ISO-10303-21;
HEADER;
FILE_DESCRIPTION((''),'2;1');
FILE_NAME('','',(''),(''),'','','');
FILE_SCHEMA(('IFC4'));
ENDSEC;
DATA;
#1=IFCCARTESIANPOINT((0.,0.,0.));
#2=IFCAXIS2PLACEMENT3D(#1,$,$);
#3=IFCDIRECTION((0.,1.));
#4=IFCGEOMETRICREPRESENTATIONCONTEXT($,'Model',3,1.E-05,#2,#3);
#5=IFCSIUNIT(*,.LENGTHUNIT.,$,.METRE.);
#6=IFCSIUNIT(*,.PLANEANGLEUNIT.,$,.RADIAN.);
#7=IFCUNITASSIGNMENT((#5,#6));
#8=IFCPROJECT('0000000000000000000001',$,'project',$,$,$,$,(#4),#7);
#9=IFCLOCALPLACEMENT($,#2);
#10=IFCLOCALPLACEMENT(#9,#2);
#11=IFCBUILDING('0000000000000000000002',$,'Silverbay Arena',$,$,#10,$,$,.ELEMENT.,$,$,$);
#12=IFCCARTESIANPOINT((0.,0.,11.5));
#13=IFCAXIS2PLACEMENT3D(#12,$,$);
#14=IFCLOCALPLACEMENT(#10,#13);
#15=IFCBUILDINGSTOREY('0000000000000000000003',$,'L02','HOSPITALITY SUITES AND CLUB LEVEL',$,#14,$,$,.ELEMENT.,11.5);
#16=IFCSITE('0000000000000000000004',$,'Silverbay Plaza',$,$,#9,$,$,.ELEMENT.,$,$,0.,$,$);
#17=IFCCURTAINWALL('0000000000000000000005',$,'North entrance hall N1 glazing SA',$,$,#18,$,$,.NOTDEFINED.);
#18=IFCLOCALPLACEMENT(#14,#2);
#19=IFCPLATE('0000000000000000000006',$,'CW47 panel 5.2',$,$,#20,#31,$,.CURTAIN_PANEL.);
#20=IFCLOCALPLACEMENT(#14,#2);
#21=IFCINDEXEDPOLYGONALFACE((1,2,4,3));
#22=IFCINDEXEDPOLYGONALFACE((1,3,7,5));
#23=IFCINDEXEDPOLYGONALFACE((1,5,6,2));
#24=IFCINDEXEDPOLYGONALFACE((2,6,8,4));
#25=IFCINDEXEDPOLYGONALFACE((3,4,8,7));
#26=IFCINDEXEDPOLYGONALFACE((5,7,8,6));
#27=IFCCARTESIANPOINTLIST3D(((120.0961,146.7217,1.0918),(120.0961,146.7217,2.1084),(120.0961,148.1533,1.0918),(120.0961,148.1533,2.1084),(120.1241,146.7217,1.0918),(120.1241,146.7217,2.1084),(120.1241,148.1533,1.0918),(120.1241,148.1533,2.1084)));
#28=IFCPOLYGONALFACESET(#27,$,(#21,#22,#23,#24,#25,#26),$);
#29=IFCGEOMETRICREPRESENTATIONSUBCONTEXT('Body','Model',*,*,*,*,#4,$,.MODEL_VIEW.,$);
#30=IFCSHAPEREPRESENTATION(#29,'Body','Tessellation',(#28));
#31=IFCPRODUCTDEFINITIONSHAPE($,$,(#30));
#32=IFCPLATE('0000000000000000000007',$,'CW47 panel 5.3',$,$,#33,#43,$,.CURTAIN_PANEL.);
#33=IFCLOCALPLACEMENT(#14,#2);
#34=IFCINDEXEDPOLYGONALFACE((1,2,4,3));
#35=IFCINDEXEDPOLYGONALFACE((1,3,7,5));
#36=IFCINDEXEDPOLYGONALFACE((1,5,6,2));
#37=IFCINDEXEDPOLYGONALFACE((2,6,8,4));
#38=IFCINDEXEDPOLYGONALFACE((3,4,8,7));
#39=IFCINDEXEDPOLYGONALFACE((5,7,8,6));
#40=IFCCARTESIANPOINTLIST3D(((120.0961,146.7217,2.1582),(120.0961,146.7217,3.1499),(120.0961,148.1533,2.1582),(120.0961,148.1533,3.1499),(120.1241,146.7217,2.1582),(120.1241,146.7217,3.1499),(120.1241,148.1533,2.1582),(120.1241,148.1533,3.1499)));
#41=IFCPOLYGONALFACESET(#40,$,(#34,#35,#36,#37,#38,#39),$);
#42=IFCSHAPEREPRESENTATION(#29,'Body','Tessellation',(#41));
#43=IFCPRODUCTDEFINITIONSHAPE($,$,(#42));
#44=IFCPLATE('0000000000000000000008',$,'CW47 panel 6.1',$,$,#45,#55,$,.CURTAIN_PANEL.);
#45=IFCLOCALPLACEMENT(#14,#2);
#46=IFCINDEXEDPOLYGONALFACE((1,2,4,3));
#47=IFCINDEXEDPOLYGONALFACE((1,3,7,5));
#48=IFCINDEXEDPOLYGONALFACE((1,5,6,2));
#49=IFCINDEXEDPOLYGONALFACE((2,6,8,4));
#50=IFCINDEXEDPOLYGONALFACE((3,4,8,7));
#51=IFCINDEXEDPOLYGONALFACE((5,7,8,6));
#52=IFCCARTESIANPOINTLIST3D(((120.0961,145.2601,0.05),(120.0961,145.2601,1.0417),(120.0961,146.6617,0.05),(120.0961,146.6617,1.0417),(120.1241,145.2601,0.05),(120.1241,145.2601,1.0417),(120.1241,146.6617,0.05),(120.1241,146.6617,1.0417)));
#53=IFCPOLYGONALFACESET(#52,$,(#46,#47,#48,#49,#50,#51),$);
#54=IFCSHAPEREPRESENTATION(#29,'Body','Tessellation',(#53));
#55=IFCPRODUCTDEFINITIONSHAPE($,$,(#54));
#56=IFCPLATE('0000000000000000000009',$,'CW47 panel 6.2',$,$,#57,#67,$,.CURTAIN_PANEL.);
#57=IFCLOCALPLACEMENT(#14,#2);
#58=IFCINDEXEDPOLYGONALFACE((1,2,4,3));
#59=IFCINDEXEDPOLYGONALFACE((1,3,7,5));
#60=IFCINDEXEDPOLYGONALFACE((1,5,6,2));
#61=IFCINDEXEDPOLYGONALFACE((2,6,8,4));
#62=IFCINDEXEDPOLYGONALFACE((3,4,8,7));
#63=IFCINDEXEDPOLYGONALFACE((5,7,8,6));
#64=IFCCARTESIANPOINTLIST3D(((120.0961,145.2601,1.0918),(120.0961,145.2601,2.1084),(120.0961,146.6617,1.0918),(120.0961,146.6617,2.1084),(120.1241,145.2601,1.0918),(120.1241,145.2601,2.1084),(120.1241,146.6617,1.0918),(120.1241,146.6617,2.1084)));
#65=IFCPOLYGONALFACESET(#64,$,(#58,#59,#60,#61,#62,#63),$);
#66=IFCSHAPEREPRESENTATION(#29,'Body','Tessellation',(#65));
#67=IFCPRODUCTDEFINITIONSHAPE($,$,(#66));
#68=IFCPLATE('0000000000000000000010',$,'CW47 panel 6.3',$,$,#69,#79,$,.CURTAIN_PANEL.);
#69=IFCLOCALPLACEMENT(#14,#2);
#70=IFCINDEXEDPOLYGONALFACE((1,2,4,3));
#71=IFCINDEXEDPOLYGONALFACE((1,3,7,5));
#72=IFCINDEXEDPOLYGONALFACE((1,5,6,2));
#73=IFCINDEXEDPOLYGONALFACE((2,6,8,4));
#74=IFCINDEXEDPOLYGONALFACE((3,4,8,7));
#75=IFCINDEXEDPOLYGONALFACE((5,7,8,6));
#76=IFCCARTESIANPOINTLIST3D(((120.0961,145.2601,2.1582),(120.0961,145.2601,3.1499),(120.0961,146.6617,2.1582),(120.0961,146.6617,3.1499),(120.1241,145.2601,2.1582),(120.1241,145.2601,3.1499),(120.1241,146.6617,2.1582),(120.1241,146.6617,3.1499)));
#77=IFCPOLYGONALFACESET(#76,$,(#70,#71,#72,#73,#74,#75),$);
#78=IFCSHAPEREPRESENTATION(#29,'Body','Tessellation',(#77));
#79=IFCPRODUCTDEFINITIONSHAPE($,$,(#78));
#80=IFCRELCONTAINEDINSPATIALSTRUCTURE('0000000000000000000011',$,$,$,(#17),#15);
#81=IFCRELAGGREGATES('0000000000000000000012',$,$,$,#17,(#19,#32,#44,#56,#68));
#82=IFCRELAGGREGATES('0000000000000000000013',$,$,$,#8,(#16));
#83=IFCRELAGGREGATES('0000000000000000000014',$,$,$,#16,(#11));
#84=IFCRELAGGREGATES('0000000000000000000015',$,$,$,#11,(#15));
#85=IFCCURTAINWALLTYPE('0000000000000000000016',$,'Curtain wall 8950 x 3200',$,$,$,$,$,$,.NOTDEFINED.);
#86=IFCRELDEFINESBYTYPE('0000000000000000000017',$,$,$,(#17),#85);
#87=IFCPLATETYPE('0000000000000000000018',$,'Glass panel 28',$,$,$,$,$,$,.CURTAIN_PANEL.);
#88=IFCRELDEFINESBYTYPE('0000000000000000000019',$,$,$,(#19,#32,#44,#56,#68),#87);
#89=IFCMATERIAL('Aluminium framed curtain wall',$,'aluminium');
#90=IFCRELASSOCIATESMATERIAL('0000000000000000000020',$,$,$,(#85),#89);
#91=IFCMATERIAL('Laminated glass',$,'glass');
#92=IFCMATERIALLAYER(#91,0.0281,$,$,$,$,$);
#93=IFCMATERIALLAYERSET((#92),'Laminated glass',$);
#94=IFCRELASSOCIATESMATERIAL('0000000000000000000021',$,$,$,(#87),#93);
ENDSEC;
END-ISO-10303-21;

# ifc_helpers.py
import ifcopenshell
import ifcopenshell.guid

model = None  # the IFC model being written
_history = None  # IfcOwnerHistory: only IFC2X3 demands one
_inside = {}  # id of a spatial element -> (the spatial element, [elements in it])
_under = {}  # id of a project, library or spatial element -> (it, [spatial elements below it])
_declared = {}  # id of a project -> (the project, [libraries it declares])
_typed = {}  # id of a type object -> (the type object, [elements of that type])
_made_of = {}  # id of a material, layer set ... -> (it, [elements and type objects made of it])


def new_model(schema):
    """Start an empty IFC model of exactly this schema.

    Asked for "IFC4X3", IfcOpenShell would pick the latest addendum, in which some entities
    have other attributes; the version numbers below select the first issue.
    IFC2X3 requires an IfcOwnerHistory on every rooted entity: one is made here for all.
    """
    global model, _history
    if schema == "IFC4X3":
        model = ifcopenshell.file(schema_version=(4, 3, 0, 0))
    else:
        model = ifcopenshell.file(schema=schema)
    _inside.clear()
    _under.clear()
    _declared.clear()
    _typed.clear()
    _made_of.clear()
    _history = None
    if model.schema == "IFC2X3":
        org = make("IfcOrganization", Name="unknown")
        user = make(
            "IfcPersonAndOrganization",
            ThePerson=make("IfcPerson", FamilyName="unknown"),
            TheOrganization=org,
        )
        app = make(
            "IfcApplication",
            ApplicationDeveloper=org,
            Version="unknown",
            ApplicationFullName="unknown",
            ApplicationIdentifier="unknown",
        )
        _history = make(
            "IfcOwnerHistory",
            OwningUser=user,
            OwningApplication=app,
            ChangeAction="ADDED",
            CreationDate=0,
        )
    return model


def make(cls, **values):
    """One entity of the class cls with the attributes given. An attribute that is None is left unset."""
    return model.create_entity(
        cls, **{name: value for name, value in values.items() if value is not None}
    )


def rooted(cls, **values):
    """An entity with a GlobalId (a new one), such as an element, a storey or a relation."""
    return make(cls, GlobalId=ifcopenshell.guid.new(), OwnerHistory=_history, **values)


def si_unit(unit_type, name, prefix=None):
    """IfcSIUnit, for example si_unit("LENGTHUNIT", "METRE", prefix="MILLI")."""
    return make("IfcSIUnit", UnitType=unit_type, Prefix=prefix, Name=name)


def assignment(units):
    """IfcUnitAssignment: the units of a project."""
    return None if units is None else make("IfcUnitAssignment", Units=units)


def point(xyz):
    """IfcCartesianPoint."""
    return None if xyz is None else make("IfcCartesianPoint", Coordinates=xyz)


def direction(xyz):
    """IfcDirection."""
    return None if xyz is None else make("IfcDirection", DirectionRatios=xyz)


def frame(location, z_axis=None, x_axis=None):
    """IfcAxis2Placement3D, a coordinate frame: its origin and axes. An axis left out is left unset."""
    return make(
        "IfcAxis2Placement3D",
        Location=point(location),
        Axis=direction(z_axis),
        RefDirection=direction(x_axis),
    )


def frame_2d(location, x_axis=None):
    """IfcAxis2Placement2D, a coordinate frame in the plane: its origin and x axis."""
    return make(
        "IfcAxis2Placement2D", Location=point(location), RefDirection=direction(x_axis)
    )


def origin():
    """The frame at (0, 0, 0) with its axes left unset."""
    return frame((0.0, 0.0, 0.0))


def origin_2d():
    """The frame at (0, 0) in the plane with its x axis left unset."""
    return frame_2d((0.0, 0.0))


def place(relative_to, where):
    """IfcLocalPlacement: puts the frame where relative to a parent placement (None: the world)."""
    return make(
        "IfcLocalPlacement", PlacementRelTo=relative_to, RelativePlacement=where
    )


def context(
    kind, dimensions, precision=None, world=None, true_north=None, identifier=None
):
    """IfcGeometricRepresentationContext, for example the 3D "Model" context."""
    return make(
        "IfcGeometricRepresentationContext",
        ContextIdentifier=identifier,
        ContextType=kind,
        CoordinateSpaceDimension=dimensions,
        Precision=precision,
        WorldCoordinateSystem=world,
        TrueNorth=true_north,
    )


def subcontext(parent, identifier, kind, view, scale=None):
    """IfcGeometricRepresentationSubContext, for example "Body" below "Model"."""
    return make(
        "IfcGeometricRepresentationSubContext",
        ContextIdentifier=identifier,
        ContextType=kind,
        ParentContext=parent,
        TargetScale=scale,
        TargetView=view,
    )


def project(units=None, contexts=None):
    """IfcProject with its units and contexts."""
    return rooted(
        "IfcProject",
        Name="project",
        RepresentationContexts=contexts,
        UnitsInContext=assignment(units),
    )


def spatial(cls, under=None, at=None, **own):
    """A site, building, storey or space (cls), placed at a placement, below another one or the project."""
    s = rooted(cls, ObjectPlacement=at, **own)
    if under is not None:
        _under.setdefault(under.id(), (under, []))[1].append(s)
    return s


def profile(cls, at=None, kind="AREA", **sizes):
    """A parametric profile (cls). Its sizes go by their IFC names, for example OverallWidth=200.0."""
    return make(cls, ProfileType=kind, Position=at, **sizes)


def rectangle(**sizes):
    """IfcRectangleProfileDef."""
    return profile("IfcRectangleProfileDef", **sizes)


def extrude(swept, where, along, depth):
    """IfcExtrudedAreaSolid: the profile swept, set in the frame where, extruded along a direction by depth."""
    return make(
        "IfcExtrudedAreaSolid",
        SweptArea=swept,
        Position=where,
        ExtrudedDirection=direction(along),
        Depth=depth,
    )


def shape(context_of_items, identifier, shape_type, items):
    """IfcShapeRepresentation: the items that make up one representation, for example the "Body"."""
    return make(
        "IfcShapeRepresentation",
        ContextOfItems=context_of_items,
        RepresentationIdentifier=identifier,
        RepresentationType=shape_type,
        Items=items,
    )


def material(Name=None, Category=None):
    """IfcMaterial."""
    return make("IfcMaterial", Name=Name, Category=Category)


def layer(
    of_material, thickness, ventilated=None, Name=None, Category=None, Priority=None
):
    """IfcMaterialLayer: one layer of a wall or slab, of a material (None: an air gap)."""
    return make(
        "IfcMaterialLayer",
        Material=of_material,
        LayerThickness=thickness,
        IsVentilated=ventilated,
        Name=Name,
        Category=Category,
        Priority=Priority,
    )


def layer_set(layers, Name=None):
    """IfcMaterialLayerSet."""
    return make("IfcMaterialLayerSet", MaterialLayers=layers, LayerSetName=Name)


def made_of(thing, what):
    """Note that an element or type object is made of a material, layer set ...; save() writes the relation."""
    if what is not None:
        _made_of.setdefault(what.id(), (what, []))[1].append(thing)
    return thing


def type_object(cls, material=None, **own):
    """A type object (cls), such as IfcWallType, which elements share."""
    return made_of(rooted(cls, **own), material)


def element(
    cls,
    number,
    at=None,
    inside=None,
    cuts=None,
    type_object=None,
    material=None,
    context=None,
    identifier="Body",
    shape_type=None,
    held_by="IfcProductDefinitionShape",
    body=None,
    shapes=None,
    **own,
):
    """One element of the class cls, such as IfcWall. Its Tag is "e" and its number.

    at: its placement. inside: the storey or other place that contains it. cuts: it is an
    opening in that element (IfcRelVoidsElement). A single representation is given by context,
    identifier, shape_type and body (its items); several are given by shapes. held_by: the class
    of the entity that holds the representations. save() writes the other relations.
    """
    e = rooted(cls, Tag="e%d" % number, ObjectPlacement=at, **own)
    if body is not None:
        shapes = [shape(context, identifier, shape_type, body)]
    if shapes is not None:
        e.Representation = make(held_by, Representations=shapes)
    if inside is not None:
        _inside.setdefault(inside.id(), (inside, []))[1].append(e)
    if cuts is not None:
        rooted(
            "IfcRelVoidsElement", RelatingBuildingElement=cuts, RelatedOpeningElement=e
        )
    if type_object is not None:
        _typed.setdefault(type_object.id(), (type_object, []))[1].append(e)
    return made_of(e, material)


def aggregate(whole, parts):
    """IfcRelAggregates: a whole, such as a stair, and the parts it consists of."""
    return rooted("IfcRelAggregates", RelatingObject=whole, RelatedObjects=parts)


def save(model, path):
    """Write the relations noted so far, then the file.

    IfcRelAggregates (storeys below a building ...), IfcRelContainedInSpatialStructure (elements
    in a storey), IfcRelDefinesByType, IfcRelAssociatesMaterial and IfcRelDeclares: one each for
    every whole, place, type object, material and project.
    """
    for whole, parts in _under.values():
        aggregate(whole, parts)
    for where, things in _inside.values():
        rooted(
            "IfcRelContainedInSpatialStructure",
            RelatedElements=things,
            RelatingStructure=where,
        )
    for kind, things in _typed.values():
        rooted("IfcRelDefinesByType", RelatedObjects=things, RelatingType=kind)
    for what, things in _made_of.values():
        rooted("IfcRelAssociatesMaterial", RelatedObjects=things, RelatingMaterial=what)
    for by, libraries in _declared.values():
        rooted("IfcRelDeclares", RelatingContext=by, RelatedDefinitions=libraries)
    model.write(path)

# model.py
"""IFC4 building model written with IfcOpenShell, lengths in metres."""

from ifc_helpers import new_model, si_unit, direction, frame, origin, origin_2d, place, context, subcontext, project, spatial, rectangle, extrude, material, layer, layer_set, type_object, element, aggregate, save


model = new_model("IFC4")

# Units and contexts
model_context = context("Model", 3, precision=1e-05, world=origin(), true_north=direction((0.0, 1.0)))
body_context = subcontext(model_context, "Body", "Model", "MODEL_VIEW")
ifc_project = project(units=[si_unit("LENGTHUNIT", "METRE"), si_unit("PLANEANGLEUNIT", "RADIAN")], contexts=[model_context])

# Site, building, storey
site_placement = place(None, origin())
site = spatial("IfcSite", under=ifc_project, at=site_placement, Name="Silverbay Plaza", CompositionType="ELEMENT", RefElevation=0.0)
building_placement = place(site_placement, origin())
building = spatial("IfcBuilding", under=site, at=building_placement, Name="Silverbay Arena", CompositionType="ELEMENT")
storey_placement = place(building_placement, frame((0.0, 0.0, 11.5)))
storey = spatial("IfcBuildingStorey", under=building, at=storey_placement, Name="L02", Description="HOSPITALITY SUITES AND CLUB LEVEL", CompositionType="ELEMENT", Elevation=11.5)

# Curtain wall, plates
ifc_material_1 = material(Name="Aluminium framed curtain wall", Category="aluminium")
curtain_wall_type = type_object("IfcCurtainWallType", Name="Curtain wall 8950 x 3200", PredefinedType="NOTDEFINED", material=ifc_material_1)
curtain_wall_placement = place(storey_placement, origin())
curtain_wall = element("IfcCurtainWall", 1, at=curtain_wall_placement, inside=storey, type_object=curtain_wall_type, Name="North entrance hall N1 glazing SA", PredefinedType="NOTDEFINED")
ifc_material_2 = material(Name="Laminated glass", Category="glass")
ifc_layer = layer(ifc_material_2, 0.0281)
ifc_layer_set = layer_set([ifc_layer], Name="Laminated glass")
plate_type = type_object("IfcPlateType", Name="Glass panel 28", PredefinedType="CURTAIN_PANEL", material=ifc_layer_set)
plate_1_placement = place(storey_placement, frame((120.1101, 147.4375, 1.0918), z_axis=(0.0, 0.0, 1.0), x_axis=(0.0, -1.0, 0.0)))
plate_1 = element("IfcPlate", 2, at=plate_1_placement, type_object=plate_type, Name="CW47 panel 5.2", PredefinedType="CURTAIN_PANEL", context=body_context, shape_type="SweptSolid", body=[
    extrude(rectangle(XDim=1.4316, YDim=0.0281, at=origin_2d()), origin(), (0.0, 0.0, 1.0), 1.0166),
])
plate_2_placement = place(storey_placement, frame((120.1101, 147.4375, 2.1582), z_axis=(0.0, 0.0, 1.0), x_axis=(0.0, -1.0, 0.0)))
plate_2 = element("IfcPlate", 3, at=plate_2_placement, type_object=plate_type, Name="CW47 panel 5.3", PredefinedType="CURTAIN_PANEL", context=body_context, shape_type="SweptSolid", body=[
    extrude(rectangle(XDim=1.4316, YDim=0.0281, at=origin_2d()), origin(), (0.0, 0.0, 1.0), 0.9917),
])
plate_3_placement = place(storey_placement, frame((120.1101, 145.9609, 0.05), z_axis=(0.0, 0.0, 1.0), x_axis=(0.0, -1.0, 0.0)))
plate_3 = element("IfcPlate", 4, at=plate_3_placement, type_object=plate_type, Name="CW47 panel 6.1", PredefinedType="CURTAIN_PANEL", context=body_context, shape_type="SweptSolid", body=[
    extrude(rectangle(XDim=1.4016, YDim=0.0281, at=origin_2d()), origin(), (0.0, 0.0, 1.0), 0.9917),
])
plate_4_placement = place(storey_placement, frame((120.1101, 145.9609, 1.0918), z_axis=(0.0, 0.0, 1.0), x_axis=(0.0, -1.0, 0.0)))
plate_4 = element("IfcPlate", 5, at=plate_4_placement, type_object=plate_type, Name="CW47 panel 6.2", PredefinedType="CURTAIN_PANEL", context=body_context, shape_type="SweptSolid", body=[
    extrude(rectangle(XDim=1.4016, YDim=0.0281, at=origin_2d()), origin(), (0.0, 0.0, 1.0), 1.0166),
])
plate_5_placement = place(storey_placement, frame((120.1101, 145.9609, 2.1582), z_axis=(0.0, 0.0, 1.0), x_axis=(0.0, -1.0, 0.0)))
plate_5 = element("IfcPlate", 6, at=plate_5_placement, type_object=plate_type, Name="CW47 panel 6.3", PredefinedType="CURTAIN_PANEL", context=body_context, shape_type="SweptSolid", body=[
    extrude(rectangle(XDim=1.4016, YDim=0.0281, at=origin_2d()), origin(), (0.0, 0.0, 1.0), 0.9917),
])
aggregate(curtain_wall, [plate_1, plate_2, plate_3, plate_4, plate_5])

save(model, "model.ifc")
